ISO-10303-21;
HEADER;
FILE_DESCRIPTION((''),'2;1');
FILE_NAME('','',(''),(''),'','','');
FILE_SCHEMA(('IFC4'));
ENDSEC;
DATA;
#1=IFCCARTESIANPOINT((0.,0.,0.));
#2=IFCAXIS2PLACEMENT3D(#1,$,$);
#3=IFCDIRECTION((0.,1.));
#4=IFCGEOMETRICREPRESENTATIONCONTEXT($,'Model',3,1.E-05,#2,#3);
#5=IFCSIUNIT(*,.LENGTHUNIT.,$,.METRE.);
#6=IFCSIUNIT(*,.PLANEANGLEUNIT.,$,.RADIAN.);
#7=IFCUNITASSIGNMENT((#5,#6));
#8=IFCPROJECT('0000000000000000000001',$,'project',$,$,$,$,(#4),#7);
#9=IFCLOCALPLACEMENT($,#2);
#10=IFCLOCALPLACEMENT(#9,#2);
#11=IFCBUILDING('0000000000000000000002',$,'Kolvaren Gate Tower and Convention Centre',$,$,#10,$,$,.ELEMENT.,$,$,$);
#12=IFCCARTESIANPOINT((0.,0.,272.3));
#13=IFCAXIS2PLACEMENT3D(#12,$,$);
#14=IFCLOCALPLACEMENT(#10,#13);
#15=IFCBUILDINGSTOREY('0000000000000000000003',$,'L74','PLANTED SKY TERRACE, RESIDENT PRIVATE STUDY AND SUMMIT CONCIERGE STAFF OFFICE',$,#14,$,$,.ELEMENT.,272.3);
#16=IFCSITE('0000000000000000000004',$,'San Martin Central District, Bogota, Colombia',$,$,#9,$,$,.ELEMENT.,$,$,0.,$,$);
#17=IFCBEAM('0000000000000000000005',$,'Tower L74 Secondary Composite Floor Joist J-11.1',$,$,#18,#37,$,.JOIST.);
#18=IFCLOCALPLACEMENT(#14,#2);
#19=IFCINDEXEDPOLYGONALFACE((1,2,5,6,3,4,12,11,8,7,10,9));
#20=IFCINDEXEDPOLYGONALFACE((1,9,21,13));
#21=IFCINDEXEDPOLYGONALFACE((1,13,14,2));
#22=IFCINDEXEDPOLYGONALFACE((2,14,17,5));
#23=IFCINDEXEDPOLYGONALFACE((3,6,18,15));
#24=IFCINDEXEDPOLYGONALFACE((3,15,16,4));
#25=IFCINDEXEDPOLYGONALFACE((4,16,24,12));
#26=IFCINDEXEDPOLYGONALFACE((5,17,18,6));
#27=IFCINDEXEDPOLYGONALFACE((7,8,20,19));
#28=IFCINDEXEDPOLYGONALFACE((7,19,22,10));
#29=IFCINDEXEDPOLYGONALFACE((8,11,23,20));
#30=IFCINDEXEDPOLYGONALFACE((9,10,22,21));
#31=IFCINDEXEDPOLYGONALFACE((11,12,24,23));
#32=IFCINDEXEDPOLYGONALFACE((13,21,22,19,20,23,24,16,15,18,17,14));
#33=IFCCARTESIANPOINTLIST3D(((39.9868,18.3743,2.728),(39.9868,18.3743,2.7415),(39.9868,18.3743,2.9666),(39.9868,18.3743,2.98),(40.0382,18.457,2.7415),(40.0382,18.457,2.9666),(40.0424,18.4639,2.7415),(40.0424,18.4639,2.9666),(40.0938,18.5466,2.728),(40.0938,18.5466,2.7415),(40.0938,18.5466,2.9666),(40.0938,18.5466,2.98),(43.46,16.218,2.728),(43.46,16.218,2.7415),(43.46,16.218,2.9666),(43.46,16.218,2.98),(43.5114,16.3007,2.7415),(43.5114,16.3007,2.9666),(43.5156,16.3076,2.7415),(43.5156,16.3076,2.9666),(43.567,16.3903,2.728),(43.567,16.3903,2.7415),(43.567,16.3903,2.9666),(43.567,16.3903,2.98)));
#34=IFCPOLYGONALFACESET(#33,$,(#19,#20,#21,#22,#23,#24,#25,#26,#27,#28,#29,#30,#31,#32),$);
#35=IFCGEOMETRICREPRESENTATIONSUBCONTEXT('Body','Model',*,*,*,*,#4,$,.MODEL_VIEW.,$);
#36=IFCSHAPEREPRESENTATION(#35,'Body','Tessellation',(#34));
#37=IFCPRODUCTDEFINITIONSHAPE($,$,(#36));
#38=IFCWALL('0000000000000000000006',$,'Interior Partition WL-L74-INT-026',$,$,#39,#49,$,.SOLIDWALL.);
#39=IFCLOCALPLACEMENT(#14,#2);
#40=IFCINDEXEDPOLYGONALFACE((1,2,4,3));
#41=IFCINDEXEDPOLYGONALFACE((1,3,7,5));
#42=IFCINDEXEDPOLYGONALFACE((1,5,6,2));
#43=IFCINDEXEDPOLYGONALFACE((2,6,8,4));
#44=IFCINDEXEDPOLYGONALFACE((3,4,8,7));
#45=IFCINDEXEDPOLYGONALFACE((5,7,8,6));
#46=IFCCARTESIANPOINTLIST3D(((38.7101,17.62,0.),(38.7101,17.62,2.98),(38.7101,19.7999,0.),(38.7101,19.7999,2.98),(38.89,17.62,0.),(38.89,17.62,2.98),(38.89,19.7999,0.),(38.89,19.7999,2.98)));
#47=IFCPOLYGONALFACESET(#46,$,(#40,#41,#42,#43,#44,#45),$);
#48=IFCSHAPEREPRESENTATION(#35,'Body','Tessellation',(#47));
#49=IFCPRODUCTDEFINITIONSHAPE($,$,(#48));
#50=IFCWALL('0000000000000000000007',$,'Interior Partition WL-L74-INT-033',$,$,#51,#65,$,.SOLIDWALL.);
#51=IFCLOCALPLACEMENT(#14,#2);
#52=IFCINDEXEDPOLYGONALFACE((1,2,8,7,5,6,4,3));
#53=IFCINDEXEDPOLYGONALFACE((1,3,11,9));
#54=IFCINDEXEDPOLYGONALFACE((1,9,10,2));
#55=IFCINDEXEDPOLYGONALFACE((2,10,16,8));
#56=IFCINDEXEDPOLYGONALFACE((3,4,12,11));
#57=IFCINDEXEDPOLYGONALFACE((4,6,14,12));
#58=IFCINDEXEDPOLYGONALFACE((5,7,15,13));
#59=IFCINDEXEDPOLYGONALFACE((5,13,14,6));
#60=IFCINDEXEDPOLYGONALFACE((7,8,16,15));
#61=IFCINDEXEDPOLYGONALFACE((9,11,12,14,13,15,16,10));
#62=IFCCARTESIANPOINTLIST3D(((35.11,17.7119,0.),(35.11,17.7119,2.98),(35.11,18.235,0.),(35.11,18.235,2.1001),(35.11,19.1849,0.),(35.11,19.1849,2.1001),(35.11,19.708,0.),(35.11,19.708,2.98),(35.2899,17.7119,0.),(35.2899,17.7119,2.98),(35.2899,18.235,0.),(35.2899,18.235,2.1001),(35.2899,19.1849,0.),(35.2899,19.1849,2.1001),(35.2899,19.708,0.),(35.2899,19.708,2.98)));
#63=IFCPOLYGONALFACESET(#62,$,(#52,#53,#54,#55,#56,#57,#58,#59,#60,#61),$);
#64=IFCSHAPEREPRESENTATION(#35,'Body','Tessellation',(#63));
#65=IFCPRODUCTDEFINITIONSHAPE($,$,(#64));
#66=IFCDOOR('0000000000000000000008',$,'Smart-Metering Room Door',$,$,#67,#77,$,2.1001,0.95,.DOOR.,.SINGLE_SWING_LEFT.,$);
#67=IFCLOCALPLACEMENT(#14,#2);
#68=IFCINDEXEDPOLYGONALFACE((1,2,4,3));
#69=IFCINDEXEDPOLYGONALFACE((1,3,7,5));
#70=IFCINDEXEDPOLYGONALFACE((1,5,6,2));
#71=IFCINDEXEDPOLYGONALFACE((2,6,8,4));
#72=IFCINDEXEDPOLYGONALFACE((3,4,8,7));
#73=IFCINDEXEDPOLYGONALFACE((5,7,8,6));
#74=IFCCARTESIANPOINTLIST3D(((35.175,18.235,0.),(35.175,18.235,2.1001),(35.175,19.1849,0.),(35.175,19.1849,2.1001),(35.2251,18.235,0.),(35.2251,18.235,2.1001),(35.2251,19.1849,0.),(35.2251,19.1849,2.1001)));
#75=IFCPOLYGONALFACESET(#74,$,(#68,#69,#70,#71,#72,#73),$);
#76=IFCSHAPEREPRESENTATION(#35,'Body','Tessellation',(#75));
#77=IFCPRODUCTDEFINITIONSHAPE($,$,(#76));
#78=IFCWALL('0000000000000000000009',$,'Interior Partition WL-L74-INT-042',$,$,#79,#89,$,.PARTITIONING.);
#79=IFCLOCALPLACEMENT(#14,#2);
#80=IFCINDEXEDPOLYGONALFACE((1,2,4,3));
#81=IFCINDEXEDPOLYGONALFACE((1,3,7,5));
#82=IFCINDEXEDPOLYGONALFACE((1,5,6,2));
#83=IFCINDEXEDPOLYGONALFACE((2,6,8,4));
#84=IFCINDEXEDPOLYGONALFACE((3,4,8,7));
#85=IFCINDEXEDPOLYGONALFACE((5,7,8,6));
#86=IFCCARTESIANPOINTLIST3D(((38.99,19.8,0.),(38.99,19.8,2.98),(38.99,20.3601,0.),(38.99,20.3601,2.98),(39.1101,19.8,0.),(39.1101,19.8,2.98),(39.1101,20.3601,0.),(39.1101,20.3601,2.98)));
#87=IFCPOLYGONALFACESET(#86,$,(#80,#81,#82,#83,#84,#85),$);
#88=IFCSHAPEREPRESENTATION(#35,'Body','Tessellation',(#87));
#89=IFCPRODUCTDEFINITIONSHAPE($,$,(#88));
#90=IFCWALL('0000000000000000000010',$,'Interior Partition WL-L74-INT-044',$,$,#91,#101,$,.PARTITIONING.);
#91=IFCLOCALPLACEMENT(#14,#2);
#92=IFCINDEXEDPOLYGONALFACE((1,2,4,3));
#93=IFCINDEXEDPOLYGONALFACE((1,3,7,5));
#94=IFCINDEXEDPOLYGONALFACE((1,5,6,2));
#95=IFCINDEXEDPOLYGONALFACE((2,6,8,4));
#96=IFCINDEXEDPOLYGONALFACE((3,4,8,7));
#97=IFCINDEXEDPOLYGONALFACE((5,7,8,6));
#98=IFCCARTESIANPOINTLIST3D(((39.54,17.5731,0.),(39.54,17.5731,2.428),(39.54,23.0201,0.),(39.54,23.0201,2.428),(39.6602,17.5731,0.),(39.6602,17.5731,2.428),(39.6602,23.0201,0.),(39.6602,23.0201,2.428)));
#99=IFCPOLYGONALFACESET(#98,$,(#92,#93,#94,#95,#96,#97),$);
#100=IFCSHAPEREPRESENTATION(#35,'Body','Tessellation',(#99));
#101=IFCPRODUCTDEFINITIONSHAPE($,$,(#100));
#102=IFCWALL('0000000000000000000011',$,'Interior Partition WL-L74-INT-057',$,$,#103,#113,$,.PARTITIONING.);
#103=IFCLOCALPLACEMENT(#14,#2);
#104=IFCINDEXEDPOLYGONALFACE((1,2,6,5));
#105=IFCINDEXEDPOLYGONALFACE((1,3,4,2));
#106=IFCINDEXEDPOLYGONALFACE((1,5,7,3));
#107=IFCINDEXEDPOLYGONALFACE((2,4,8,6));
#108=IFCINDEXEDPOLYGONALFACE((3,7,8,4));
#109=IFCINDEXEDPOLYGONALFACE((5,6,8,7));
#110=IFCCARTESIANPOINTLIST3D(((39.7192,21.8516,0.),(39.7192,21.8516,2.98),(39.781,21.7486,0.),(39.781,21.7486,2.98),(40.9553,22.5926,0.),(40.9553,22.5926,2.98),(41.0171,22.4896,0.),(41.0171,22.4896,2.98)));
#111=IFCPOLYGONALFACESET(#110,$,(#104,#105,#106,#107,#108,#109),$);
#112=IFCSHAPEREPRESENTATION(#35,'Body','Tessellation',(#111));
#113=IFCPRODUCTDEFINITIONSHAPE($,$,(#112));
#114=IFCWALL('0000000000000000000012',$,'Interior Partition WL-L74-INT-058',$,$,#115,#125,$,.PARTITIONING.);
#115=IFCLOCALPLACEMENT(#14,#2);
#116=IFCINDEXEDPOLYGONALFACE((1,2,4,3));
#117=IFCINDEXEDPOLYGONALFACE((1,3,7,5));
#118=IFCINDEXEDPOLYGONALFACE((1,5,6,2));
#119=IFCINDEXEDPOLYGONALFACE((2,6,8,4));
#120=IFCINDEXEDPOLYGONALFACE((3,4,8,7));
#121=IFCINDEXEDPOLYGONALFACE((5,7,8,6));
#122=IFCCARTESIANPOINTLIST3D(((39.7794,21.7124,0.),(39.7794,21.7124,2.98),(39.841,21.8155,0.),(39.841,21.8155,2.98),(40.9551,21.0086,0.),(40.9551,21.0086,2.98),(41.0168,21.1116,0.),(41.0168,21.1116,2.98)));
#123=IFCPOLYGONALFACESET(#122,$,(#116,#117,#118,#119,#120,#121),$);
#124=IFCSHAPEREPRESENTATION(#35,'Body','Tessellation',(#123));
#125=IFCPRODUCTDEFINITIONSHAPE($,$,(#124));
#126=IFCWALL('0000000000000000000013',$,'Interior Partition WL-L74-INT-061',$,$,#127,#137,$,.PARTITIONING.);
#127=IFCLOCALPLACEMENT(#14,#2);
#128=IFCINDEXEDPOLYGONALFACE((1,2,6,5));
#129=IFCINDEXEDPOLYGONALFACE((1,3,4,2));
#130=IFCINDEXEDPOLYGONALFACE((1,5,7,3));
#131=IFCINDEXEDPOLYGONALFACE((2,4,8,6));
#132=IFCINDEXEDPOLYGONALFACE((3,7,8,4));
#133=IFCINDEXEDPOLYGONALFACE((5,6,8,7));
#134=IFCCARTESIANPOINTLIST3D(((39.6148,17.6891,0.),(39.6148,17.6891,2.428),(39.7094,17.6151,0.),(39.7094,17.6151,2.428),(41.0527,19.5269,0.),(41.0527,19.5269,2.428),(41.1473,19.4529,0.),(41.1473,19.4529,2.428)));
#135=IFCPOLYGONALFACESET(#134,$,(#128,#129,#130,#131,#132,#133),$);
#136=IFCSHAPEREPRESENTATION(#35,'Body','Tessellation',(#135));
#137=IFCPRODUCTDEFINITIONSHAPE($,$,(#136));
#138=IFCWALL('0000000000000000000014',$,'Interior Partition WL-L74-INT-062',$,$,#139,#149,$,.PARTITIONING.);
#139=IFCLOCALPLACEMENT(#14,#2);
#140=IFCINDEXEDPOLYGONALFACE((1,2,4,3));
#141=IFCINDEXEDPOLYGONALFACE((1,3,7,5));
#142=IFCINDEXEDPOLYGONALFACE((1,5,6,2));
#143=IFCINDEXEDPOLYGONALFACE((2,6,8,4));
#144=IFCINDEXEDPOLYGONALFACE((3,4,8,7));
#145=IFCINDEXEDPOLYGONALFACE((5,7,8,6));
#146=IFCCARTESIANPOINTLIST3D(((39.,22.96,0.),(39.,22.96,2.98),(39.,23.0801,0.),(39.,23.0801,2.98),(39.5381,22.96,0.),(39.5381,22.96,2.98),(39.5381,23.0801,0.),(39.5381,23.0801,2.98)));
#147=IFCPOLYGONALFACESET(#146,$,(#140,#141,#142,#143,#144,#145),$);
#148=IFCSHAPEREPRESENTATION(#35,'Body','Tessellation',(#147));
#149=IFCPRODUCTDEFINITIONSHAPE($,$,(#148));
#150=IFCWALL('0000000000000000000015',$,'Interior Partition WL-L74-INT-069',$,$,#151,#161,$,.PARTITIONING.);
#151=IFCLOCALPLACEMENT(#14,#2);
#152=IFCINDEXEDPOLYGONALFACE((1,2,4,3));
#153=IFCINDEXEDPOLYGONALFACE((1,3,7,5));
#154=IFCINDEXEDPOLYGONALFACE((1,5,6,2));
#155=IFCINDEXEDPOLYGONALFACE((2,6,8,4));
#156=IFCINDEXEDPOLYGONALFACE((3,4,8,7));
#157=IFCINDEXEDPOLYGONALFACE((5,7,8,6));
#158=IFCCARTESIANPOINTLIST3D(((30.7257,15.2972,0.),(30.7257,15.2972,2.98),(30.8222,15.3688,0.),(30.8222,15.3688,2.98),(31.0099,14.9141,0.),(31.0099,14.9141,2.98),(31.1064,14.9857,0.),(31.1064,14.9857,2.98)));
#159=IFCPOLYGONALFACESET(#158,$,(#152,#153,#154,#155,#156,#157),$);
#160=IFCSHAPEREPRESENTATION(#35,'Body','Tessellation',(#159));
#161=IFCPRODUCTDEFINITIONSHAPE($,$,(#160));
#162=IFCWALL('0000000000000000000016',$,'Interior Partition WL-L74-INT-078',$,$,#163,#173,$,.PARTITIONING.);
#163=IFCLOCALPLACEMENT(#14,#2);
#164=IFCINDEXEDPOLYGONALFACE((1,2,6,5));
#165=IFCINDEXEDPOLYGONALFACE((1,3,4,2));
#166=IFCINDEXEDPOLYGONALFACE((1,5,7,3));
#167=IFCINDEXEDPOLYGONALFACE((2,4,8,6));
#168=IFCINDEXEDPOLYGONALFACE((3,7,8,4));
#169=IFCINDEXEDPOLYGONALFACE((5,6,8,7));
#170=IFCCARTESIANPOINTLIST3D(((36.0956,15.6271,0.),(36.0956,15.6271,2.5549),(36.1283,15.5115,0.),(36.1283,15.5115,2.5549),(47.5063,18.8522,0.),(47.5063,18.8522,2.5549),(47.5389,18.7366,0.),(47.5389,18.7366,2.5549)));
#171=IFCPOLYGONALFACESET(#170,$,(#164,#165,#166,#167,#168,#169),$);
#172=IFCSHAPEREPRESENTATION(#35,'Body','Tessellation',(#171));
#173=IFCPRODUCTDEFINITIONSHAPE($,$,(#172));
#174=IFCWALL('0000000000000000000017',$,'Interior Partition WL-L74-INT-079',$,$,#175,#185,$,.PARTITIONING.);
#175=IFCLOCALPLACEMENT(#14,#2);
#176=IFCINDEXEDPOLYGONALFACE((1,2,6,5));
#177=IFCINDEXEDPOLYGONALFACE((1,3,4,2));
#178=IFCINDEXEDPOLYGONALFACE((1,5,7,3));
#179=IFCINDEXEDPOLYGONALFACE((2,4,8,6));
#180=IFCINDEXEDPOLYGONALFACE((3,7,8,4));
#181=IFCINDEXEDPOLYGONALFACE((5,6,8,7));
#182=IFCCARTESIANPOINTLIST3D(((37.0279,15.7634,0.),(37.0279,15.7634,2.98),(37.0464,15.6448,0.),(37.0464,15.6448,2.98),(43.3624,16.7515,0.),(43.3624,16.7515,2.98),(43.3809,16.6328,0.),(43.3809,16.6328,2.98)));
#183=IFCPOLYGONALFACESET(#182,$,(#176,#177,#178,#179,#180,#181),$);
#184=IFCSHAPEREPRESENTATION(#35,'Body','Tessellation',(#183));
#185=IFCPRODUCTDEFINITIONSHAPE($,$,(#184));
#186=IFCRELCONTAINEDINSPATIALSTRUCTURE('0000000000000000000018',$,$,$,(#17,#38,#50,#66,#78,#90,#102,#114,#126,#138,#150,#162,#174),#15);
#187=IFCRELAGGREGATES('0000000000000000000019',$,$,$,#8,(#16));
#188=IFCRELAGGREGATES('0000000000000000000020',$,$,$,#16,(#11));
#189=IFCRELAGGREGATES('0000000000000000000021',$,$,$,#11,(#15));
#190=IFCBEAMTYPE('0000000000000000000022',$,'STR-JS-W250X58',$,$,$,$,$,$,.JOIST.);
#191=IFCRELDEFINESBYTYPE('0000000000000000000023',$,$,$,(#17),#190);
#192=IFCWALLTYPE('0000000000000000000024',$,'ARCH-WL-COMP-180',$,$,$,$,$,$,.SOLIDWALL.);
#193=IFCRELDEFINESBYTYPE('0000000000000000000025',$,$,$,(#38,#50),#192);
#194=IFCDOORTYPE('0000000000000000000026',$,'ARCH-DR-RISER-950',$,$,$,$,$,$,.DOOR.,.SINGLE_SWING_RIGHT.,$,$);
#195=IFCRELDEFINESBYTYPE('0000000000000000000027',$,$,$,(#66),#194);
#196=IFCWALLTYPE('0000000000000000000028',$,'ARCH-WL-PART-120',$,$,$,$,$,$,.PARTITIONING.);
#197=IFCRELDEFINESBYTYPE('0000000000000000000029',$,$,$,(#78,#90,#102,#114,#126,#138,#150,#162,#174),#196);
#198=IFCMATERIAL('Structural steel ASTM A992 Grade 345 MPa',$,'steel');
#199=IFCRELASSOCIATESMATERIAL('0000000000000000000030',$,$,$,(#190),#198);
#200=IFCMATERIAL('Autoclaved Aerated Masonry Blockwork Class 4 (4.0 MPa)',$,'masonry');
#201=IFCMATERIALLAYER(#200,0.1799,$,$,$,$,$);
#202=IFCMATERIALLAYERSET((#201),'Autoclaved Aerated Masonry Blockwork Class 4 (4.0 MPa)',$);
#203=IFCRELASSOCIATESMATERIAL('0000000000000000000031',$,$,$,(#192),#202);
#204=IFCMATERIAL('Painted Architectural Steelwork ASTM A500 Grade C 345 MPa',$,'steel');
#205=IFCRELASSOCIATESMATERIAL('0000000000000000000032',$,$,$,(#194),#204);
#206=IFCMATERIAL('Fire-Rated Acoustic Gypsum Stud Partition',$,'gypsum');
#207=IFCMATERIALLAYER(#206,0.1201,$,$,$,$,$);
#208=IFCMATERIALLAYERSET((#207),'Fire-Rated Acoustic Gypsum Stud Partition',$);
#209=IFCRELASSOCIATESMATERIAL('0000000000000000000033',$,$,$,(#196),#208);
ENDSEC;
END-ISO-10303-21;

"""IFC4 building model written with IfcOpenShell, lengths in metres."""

from ifc_helpers import new_model, si_unit, direction, frame, frame_2d, origin, origin_2d, place, context, subcontext, project, spatial, rectangle, i_section, extrude, material, layer, layer_set, material_profile, profile_set, type_object, element, fill, save


model = new_model("IFC4")

# Units and contexts
model_context = context("Model", 3, precision=1e-05, world=origin(), true_north=direction((0.0, 1.0)))
body_context = subcontext(model_context, "Body", "Model", "MODEL_VIEW")
ifc_project = project(units=[si_unit("LENGTHUNIT", "METRE"), si_unit("PLANEANGLEUNIT", "RADIAN")], contexts=[model_context])

# Site, building, storey
site_placement = place(None, origin())
site = spatial("IfcSite", under=ifc_project, at=site_placement, Name="San Martin Central District, Bogota, Colombia", CompositionType="ELEMENT", RefElevation=0.0)
building_placement = place(site_placement, origin())
building = spatial("IfcBuilding", under=site, at=building_placement, Name="Kolvaren Gate Tower and Convention Centre", CompositionType="ELEMENT")
storey_placement = place(building_placement, frame((0.0, 0.0, 272.3)))
storey = spatial("IfcBuildingStorey", under=building, at=storey_placement, Name="L74", Description="PLANTED SKY TERRACE, RESIDENT PRIVATE STUDY AND SUMMIT CONCIERGE STAFF OFFICE", CompositionType="ELEMENT", Elevation=272.3)

# Beam
ifc_material_1 = material(Name="Structural steel ASTM A992 Grade 345 MPa", Category="steel")
ifc_material_profile = material_profile(ifc_material_1, i_section(OverallWidth=0.2029, OverallDepth=0.252, WebThickness=0.0081, FlangeThickness=0.0134, at=origin_2d()), Name="W250X58")
ifc_profile_set = profile_set([ifc_material_profile], Name="Structural steel ASTM A992 Grade 345 MPa")
beam_type = type_object("IfcBeamType", Name="STR-JS-W250X58", PredefinedType="JOIST", material=ifc_profile_set)
beam_placement = place(storey_placement, frame((40.0403, 18.4604, 2.854), z_axis=(0.849585, -0.527452, 0.0), x_axis=(0.527452, 0.849585, 0.0)))
element("IfcBeam", 1, at=beam_placement, inside=storey, type_object=beam_type, Name="Tower L74 Secondary Composite Floor Joist J-11.1", PredefinedType="JOIST", context=body_context, shape_type="SweptSolid", body=[
    extrude(i_section(OverallWidth=0.2029, OverallDepth=0.252, WebThickness=0.0081, FlangeThickness=0.0134, at=origin_2d()), origin(), (0.0, 0.0, 1.0), 4.0881),
])

# Wall
ifc_material_2 = material(Name="Autoclaved Aerated Masonry Blockwork Class 4 (4.0 MPa)", Category="masonry")
ifc_layer_1 = layer(ifc_material_2, 0.1799)
ifc_layer_set_1 = layer_set([ifc_layer_1], Name="Autoclaved Aerated Masonry Blockwork Class 4 (4.0 MPa)")
wall_type_1 = type_object("IfcWallType", Name="ARCH-WL-COMP-180", PredefinedType="SOLIDWALL", material=ifc_layer_set_1)
wall_1_placement = place(storey_placement, frame((38.8, 17.6201, 0.0), z_axis=(0.0, 0.0, 1.0), x_axis=(0.0, 1.0, 0.0)))
element("IfcWall", 2, at=wall_1_placement, inside=storey, type_object=wall_type_1, Name="Interior Partition WL-L74-INT-026", PredefinedType="SOLIDWALL", context=body_context, shape_type="SweptSolid", body=[
    extrude(rectangle(XDim=2.1799, YDim=0.1799, at=frame_2d((1.0898, 0.0))), origin(), (0.0, 0.0, 1.0), 2.98),
])

# Wall, opening, door
wall_2_placement = place(storey_placement, frame((35.2, 17.7119, 0.0), z_axis=(0.0, 0.0, 1.0), x_axis=(0.0, 1.0, 0.0)))
wall_2 = element("IfcWall", 3, at=wall_2_placement, inside=storey, type_object=wall_type_1, Name="Interior Partition WL-L74-INT-033", PredefinedType="SOLIDWALL", context=body_context, shape_type="SweptSolid", body=[
    extrude(rectangle(XDim=1.9961, YDim=0.1799, at=frame_2d((0.998, 0.0))), origin(), (0.0, 0.0, 1.0), 2.98),
])
opening_1_placement = place(wall_2_placement, frame((0.5229, 0.0, 0.0)))
opening_1 = element("IfcOpeningElement", 4, at=opening_1_placement, cuts=wall_2, PredefinedType="OPENING", context=body_context, shape_type="SweptSolid", body=[
    extrude(rectangle(XDim=0.95, YDim=2.1001, at=frame_2d((0.4751, 1.05))), frame((0.0, 0.0999, 0.0), z_axis=(0.0, -1.0, 0.0), x_axis=(1.0, 0.0, 0.0)), (0.0, 0.0, 1.0), 0.2),
])
ifc_material_3 = material(Name="Painted Architectural Steelwork ASTM A500 Grade C 345 MPa", Category="steel")
door_type_1 = type_object("IfcDoorType", Name="ARCH-DR-RISER-950", OperationType="SINGLE_SWING_RIGHT", PredefinedType="DOOR", material=ifc_material_3)
door_1_placement = place(opening_1_placement, origin())
door_1 = element("IfcDoor", 5, at=door_1_placement, inside=storey, type_object=door_type_1, Name="Smart-Metering Room Door", OperationType="SINGLE_SWING_LEFT", OverallHeight=2.1001, OverallWidth=0.95, PredefinedType="DOOR", context=body_context, shape_type="SweptSolid", body=[
    extrude(rectangle(XDim=0.95, YDim=2.1001, at=frame_2d((0.4751, 1.05))), frame((0.0, 0.0249, 0.0), z_axis=(0.0, -1.0, 0.0), x_axis=(1.0, 0.0, 0.0)), (0.0, 0.0, 1.0), 0.05),
])
fill(opening_1, door_1)

# Walls
ifc_material_4 = material(Name="Fire-Rated Acoustic Gypsum Stud Partition", Category="gypsum")
ifc_layer_2 = layer(ifc_material_4, 0.1201)
ifc_layer_set_2 = layer_set([ifc_layer_2], Name="Fire-Rated Acoustic Gypsum Stud Partition")
wall_type_2 = type_object("IfcWallType", Name="ARCH-WL-PART-120", PredefinedType="PARTITIONING", material=ifc_layer_set_2)
wall_3_placement = place(storey_placement, frame((39.05, 19.8, 0.0), z_axis=(0.0, 0.0, 1.0), x_axis=(0.0, 1.0, 0.0)))
element("IfcWall", 6, at=wall_3_placement, inside=storey, type_object=wall_type_2, Name="Interior Partition WL-L74-INT-042", PredefinedType="PARTITIONING", context=body_context, shape_type="SweptSolid", body=[
    extrude(rectangle(XDim=0.5601, YDim=0.1201, at=frame_2d((0.28, 0.0))), origin(), (0.0, 0.0, 1.0), 2.98),
])
wall_4_placement = place(storey_placement, frame((39.6001, 17.573, 0.0), z_axis=(0.0, 0.0, 1.0), x_axis=(0.0, 1.0, 0.0)))
element("IfcWall", 7, at=wall_4_placement, inside=storey, type_object=wall_type_2, Name="Interior Partition WL-L74-INT-044", PredefinedType="PARTITIONING", context=body_context, shape_type="SweptSolid", body=[
    extrude(rectangle(XDim=5.447, YDim=0.1201, at=frame_2d((2.7236, 0.0))), origin(), (0.0, 0.0, 1.0), 2.428),
])
wall_5_placement = place(storey_placement, frame((39.75, 21.8, 0.0), z_axis=(0.0, 0.0, 1.0), x_axis=(0.857702, 0.514147, 0.0)))
element("IfcWall", 8, at=wall_5_placement, inside=storey, type_object=wall_type_2, Name="Interior Partition WL-L74-INT-057", PredefinedType="PARTITIONING", context=body_context, shape_type="SweptSolid", body=[
    extrude(rectangle(XDim=1.4412, YDim=0.1201, at=frame_2d((0.7207, 0.0))), origin(), (0.0, 0.0, 1.0), 2.98),
])
wall_6_placement = place(storey_placement, frame((39.8103, 21.7639, 0.0), z_axis=(0.0, 0.0, 1.0), x_axis=(0.858011, -0.513631, 0.0)))
element("IfcWall", 9, at=wall_6_placement, inside=storey, type_object=wall_type_2, Name="Interior Partition WL-L74-INT-058", PredefinedType="PARTITIONING", context=body_context, shape_type="SweptSolid", body=[
    extrude(rectangle(XDim=1.3704, YDim=0.1201, at=frame_2d((0.6851, 0.0))), origin(), (0.0, 0.0, 1.0), 2.98),
])
wall_7_placement = place(storey_placement, frame((39.6621, 17.6521, 0.0), z_axis=(0.0, 0.0, 1.0), x_axis=(0.616212, 0.78758, 0.0)))
element("IfcWall", 10, at=wall_7_placement, inside=storey, type_object=wall_type_2, Name="Interior Partition WL-L74-INT-061", PredefinedType="PARTITIONING", context=body_context, shape_type="SweptSolid", body=[
    extrude(rectangle(XDim=2.3335, YDim=0.1201, at=frame_2d((1.1667, 0.0))), origin(), (0.0, 0.0, 1.0), 2.428),
])
wall_8_placement = place(storey_placement, frame((39.0, 23.02, 0.0), z_axis=(0.0, 0.0, 1.0), x_axis=(1.0, 0.0, 0.0)))
element("IfcWall", 11, at=wall_8_placement, inside=storey, type_object=wall_type_2, Name="Interior Partition WL-L74-INT-062", PredefinedType="PARTITIONING", context=body_context, shape_type="SweptSolid", body=[
    extrude(rectangle(XDim=0.5381, YDim=0.1201, at=frame_2d((0.269, 0.0))), origin(), (0.0, 0.0, 1.0), 2.98),
])
wall_9_placement = place(storey_placement, frame((30.7739, 15.333, 0.0), z_axis=(0.0, 0.0, 1.0), x_axis=(0.595815, -0.803122, 0.0)))
element("IfcWall", 12, at=wall_9_placement, inside=storey, type_object=wall_type_2, Name="Interior Partition WL-L74-INT-069", PredefinedType="PARTITIONING", context=body_context, shape_type="SweptSolid", body=[
    extrude(rectangle(XDim=0.4771, YDim=0.1201, at=frame_2d((0.2385, 0.0))), origin(), (0.0, 0.0, 1.0), 2.98),
])
wall_10_placement = place(storey_placement, frame((36.1121, 15.5693, 0.0), z_axis=(0.0, 0.0, 1.0), x_axis=(0.962302, 0.271984, 0.0)))
element("IfcWall", 13, at=wall_10_placement, inside=storey, type_object=wall_type_2, Name="Interior Partition WL-L74-INT-078", PredefinedType="PARTITIONING", context=body_context, shape_type="SweptSolid", body=[
    extrude(rectangle(XDim=11.8577, YDim=0.1201, at=frame_2d((5.9287, 0.0))), origin(), (0.0, 0.0, 1.0), 2.5549),
])
wall_11_placement = place(storey_placement, frame((37.0371, 15.7041, 0.0), z_axis=(0.0, 0.0, 1.0), x_axis=(0.988053, 0.154114, 0.0)))
element("IfcWall", 14, at=wall_11_placement, inside=storey, type_object=wall_type_2, Name="Interior Partition WL-L74-INT-079", PredefinedType="PARTITIONING", context=body_context, shape_type="SweptSolid", body=[
    extrude(rectangle(XDim=6.4111, YDim=0.1201, at=frame_2d((3.2056, 0.0))), origin(), (0.0, 0.0, 1.0), 2.98),
])

save(model, "model.ifc")
